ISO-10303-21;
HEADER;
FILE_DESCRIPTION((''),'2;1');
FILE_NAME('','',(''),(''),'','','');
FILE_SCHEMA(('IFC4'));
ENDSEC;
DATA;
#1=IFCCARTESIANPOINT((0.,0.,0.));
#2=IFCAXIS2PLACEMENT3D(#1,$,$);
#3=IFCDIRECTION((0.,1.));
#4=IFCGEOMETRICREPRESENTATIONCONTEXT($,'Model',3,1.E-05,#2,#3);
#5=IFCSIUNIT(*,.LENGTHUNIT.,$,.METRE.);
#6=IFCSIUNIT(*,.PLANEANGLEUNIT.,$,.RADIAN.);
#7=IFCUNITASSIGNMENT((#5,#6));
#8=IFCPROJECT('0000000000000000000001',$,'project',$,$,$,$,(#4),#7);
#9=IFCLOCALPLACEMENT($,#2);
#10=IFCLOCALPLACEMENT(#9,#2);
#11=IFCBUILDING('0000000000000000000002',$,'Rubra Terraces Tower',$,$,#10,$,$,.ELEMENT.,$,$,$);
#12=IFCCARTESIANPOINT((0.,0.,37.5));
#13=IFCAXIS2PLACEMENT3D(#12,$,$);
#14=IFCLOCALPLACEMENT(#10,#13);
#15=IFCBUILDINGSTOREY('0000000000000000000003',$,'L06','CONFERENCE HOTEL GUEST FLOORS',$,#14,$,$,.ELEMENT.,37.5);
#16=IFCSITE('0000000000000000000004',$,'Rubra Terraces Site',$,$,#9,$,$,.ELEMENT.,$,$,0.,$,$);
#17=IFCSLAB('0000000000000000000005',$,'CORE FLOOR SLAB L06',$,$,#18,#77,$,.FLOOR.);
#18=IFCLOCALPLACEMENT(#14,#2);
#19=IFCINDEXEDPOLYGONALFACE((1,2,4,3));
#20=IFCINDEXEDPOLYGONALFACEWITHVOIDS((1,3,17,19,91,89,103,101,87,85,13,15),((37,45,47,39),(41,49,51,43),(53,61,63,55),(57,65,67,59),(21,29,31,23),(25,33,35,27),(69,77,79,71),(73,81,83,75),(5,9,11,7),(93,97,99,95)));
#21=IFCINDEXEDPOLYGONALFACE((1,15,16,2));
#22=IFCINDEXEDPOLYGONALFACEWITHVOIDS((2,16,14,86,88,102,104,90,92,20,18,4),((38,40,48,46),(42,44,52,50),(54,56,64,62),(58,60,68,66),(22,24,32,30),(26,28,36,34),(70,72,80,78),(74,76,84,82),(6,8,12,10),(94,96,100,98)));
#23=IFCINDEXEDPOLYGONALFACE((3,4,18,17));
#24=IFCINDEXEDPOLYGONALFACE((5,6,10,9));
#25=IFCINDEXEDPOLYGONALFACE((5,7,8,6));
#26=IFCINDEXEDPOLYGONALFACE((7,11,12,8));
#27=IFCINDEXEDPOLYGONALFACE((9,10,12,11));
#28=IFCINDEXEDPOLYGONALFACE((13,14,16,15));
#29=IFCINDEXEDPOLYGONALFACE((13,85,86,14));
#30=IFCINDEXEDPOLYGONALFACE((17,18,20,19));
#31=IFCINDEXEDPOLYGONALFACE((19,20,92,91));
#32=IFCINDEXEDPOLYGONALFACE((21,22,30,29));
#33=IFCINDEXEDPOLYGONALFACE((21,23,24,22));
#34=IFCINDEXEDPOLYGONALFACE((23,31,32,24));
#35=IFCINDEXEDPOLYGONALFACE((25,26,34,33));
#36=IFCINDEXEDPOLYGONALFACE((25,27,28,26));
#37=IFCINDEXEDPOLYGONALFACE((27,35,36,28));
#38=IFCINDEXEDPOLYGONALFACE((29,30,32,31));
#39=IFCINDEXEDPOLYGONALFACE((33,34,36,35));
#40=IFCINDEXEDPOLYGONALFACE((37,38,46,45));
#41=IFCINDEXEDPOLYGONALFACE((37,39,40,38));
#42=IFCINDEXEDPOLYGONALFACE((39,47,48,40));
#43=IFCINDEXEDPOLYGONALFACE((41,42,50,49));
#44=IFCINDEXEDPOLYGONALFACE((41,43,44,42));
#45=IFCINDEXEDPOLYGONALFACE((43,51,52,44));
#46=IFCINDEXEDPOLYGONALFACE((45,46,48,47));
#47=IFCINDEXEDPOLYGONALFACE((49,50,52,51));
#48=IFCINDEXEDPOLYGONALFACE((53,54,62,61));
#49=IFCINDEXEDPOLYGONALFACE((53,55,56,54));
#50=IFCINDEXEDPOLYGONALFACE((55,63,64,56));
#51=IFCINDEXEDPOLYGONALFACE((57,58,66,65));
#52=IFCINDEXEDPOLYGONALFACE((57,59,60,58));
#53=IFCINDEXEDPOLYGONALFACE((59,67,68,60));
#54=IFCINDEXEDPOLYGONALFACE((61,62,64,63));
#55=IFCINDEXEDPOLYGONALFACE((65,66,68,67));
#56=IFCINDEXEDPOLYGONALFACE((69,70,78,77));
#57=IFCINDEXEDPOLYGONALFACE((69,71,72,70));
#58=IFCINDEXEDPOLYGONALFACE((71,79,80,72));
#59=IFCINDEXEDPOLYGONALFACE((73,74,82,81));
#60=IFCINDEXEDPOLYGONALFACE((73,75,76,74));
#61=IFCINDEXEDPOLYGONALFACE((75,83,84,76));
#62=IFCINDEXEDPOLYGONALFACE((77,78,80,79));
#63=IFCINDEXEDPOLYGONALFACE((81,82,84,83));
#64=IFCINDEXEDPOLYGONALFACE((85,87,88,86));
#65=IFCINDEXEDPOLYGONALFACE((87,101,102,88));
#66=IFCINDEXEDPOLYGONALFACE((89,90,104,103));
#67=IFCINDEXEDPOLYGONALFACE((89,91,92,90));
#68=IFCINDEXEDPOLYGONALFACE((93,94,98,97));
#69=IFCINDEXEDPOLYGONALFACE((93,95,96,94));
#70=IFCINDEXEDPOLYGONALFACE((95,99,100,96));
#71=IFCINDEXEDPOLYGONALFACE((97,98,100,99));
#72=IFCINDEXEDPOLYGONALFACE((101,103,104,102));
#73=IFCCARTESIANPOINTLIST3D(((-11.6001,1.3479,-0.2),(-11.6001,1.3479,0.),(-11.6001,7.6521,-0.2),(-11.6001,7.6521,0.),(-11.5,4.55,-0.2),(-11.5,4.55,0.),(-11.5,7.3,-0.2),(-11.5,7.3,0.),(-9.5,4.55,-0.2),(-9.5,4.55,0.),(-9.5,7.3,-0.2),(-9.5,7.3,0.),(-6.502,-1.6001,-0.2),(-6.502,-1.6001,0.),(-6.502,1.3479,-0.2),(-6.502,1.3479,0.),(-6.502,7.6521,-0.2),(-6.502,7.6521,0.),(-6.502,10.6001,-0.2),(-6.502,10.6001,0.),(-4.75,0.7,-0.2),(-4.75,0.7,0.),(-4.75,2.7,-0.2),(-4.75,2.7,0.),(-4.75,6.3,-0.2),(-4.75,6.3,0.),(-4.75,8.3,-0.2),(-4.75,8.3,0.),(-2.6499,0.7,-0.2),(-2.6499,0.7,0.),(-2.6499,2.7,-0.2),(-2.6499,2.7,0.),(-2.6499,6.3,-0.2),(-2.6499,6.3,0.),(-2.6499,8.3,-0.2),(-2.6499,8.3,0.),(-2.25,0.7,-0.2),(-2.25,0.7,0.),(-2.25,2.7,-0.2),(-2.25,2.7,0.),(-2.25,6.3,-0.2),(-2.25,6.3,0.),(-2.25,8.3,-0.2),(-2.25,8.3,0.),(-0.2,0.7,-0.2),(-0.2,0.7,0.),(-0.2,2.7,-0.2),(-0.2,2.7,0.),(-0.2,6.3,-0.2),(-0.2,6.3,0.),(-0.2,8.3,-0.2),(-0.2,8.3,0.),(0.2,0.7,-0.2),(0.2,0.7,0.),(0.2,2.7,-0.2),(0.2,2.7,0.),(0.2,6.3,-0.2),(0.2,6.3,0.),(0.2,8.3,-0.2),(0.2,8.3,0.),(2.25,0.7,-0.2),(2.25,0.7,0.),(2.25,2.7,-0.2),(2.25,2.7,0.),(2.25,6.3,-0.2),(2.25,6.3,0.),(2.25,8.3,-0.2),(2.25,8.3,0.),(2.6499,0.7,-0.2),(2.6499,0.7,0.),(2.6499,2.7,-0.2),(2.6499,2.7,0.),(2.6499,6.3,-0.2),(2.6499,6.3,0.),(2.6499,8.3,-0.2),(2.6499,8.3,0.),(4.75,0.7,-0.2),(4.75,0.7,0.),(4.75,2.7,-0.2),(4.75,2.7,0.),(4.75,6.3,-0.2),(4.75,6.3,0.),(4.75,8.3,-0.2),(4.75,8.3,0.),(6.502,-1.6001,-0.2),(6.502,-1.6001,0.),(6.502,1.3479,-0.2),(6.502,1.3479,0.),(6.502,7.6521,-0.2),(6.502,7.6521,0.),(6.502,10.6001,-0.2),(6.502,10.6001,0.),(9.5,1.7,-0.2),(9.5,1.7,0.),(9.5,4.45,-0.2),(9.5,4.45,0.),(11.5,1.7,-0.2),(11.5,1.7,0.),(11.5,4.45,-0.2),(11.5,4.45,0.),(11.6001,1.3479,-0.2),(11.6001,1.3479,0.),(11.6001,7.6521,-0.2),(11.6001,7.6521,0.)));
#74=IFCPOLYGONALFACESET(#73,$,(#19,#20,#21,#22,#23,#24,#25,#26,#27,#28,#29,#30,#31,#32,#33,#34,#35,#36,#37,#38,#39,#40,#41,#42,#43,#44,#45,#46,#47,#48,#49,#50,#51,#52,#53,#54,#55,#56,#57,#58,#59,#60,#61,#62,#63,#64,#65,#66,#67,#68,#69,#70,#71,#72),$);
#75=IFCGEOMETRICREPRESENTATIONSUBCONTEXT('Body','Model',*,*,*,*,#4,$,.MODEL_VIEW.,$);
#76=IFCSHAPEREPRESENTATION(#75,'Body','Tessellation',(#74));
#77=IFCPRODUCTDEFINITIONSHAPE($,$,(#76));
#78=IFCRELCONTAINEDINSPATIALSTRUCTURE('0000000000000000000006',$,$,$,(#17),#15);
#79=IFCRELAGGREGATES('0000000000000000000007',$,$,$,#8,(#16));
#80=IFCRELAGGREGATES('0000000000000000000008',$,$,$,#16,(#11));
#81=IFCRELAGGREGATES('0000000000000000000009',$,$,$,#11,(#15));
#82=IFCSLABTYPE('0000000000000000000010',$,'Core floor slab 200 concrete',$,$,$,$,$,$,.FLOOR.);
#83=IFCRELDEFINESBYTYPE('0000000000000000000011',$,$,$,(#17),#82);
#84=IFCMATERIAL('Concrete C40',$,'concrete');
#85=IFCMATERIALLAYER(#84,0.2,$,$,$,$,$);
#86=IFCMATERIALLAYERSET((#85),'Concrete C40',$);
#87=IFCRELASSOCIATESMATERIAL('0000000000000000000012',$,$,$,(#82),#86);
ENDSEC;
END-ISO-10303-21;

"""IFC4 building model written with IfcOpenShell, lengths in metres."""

from ifc_helpers import new_model, si_unit, direction, frame, origin, place, context, subcontext, project, spatial, polyline, outline, extrude, material, layer, layer_set, type_object, element, save


model = new_model("IFC4")

# Units and contexts
model_context = context("Model", 3, precision=1e-05, world=origin(), true_north=direction((0.0, 1.0)))
body_context = subcontext(model_context, "Body", "Model", "MODEL_VIEW")
ifc_project = project(units=[si_unit("LENGTHUNIT", "METRE"), si_unit("PLANEANGLEUNIT", "RADIAN")], contexts=[model_context])

# Site, building, storey
site_placement = place(None, origin())
site = spatial("IfcSite", under=ifc_project, at=site_placement, Name="Rubra Terraces Site", CompositionType="ELEMENT", RefElevation=0.0)
building_placement = place(site_placement, origin())
building = spatial("IfcBuilding", under=site, at=building_placement, Name="Rubra Terraces Tower", CompositionType="ELEMENT")
storey_placement = place(building_placement, frame((0.0, 0.0, 37.5)))
storey = spatial("IfcBuildingStorey", under=building, at=storey_placement, Name="L06", Description="CONFERENCE HOTEL GUEST FLOORS", CompositionType="ELEMENT", Elevation=37.5)

# Slab
ifc_material_1 = material(Name="Concrete C40", Category="concrete")
ifc_layer_1 = layer(ifc_material_1, 0.2)
ifc_layer_set_1 = layer_set([ifc_layer_1], Name="Concrete C40")
slab_type_1 = type_object("IfcSlabType", Name="Core floor slab 200 concrete", PredefinedType="FLOOR", material=ifc_layer_set_1)
slab_1_placement = place(storey_placement, frame((0.0, 0.0, -0.2)))
element("IfcSlab", 1, at=slab_1_placement, inside=storey, type_object=slab_type_1, Name="CORE FLOOR SLAB L06", PredefinedType="FLOOR", context=body_context, shape_type="SweptSolid", body=[
    extrude(outline(polyline([(-11.6001, 1.3479), (-11.6001, 7.6521), (-6.502, 7.6521), (-6.502, 10.6001), (6.502, 10.6001), (6.502, 7.6521), (11.6001, 7.6521), (11.6001, 1.3479), (6.502, 1.3479), (6.502, -1.6001), (-6.502, -1.6001), (-6.502, 1.3479), (-11.6001, 1.3479)]), holes=[polyline([(9.5, 1.7), (11.5, 1.7), (11.5, 4.45), (9.5, 4.45), (9.5, 1.7)]), polyline([(4.75, 0.7), (4.75, 2.7), (2.6499, 2.7), (2.6499, 0.7), (4.75, 0.7)]), polyline([(4.75, 6.3), (4.75, 8.3), (2.6499, 8.3), (2.6499, 6.3), (4.75, 6.3)]), polyline([(2.25, 0.7), (2.25, 2.7), (0.2, 2.7), (0.2, 0.7), (2.25, 0.7)]), polyline([(2.25, 6.3), (2.25, 8.3), (0.2, 8.3), (0.2, 6.3), (2.25, 6.3)]), polyline([(-0.2, 0.7), (-0.2, 2.7), (-2.25, 2.7), (-2.25, 0.7), (-0.2, 0.7)]), polyline([(-0.2, 6.3), (-0.2, 8.3), (-2.25, 8.3), (-2.25, 6.3), (-0.2, 6.3)]), polyline([(-2.6499, 0.7), (-2.6499, 2.7), (-4.75, 2.7), (-4.75, 0.7), (-2.6499, 0.7)]), polyline([(-2.6499, 8.3), (-4.75, 8.3), (-4.75, 6.3), (-2.6499, 6.3), (-2.6499, 8.3)]), polyline([(-9.5, 7.3), (-11.5, 7.3), (-11.5, 4.55), (-9.5, 4.55), (-9.5, 7.3)])]), origin(), (0.0, 0.0, 1.0), 0.2),
])

save(model, "model.ifc")
